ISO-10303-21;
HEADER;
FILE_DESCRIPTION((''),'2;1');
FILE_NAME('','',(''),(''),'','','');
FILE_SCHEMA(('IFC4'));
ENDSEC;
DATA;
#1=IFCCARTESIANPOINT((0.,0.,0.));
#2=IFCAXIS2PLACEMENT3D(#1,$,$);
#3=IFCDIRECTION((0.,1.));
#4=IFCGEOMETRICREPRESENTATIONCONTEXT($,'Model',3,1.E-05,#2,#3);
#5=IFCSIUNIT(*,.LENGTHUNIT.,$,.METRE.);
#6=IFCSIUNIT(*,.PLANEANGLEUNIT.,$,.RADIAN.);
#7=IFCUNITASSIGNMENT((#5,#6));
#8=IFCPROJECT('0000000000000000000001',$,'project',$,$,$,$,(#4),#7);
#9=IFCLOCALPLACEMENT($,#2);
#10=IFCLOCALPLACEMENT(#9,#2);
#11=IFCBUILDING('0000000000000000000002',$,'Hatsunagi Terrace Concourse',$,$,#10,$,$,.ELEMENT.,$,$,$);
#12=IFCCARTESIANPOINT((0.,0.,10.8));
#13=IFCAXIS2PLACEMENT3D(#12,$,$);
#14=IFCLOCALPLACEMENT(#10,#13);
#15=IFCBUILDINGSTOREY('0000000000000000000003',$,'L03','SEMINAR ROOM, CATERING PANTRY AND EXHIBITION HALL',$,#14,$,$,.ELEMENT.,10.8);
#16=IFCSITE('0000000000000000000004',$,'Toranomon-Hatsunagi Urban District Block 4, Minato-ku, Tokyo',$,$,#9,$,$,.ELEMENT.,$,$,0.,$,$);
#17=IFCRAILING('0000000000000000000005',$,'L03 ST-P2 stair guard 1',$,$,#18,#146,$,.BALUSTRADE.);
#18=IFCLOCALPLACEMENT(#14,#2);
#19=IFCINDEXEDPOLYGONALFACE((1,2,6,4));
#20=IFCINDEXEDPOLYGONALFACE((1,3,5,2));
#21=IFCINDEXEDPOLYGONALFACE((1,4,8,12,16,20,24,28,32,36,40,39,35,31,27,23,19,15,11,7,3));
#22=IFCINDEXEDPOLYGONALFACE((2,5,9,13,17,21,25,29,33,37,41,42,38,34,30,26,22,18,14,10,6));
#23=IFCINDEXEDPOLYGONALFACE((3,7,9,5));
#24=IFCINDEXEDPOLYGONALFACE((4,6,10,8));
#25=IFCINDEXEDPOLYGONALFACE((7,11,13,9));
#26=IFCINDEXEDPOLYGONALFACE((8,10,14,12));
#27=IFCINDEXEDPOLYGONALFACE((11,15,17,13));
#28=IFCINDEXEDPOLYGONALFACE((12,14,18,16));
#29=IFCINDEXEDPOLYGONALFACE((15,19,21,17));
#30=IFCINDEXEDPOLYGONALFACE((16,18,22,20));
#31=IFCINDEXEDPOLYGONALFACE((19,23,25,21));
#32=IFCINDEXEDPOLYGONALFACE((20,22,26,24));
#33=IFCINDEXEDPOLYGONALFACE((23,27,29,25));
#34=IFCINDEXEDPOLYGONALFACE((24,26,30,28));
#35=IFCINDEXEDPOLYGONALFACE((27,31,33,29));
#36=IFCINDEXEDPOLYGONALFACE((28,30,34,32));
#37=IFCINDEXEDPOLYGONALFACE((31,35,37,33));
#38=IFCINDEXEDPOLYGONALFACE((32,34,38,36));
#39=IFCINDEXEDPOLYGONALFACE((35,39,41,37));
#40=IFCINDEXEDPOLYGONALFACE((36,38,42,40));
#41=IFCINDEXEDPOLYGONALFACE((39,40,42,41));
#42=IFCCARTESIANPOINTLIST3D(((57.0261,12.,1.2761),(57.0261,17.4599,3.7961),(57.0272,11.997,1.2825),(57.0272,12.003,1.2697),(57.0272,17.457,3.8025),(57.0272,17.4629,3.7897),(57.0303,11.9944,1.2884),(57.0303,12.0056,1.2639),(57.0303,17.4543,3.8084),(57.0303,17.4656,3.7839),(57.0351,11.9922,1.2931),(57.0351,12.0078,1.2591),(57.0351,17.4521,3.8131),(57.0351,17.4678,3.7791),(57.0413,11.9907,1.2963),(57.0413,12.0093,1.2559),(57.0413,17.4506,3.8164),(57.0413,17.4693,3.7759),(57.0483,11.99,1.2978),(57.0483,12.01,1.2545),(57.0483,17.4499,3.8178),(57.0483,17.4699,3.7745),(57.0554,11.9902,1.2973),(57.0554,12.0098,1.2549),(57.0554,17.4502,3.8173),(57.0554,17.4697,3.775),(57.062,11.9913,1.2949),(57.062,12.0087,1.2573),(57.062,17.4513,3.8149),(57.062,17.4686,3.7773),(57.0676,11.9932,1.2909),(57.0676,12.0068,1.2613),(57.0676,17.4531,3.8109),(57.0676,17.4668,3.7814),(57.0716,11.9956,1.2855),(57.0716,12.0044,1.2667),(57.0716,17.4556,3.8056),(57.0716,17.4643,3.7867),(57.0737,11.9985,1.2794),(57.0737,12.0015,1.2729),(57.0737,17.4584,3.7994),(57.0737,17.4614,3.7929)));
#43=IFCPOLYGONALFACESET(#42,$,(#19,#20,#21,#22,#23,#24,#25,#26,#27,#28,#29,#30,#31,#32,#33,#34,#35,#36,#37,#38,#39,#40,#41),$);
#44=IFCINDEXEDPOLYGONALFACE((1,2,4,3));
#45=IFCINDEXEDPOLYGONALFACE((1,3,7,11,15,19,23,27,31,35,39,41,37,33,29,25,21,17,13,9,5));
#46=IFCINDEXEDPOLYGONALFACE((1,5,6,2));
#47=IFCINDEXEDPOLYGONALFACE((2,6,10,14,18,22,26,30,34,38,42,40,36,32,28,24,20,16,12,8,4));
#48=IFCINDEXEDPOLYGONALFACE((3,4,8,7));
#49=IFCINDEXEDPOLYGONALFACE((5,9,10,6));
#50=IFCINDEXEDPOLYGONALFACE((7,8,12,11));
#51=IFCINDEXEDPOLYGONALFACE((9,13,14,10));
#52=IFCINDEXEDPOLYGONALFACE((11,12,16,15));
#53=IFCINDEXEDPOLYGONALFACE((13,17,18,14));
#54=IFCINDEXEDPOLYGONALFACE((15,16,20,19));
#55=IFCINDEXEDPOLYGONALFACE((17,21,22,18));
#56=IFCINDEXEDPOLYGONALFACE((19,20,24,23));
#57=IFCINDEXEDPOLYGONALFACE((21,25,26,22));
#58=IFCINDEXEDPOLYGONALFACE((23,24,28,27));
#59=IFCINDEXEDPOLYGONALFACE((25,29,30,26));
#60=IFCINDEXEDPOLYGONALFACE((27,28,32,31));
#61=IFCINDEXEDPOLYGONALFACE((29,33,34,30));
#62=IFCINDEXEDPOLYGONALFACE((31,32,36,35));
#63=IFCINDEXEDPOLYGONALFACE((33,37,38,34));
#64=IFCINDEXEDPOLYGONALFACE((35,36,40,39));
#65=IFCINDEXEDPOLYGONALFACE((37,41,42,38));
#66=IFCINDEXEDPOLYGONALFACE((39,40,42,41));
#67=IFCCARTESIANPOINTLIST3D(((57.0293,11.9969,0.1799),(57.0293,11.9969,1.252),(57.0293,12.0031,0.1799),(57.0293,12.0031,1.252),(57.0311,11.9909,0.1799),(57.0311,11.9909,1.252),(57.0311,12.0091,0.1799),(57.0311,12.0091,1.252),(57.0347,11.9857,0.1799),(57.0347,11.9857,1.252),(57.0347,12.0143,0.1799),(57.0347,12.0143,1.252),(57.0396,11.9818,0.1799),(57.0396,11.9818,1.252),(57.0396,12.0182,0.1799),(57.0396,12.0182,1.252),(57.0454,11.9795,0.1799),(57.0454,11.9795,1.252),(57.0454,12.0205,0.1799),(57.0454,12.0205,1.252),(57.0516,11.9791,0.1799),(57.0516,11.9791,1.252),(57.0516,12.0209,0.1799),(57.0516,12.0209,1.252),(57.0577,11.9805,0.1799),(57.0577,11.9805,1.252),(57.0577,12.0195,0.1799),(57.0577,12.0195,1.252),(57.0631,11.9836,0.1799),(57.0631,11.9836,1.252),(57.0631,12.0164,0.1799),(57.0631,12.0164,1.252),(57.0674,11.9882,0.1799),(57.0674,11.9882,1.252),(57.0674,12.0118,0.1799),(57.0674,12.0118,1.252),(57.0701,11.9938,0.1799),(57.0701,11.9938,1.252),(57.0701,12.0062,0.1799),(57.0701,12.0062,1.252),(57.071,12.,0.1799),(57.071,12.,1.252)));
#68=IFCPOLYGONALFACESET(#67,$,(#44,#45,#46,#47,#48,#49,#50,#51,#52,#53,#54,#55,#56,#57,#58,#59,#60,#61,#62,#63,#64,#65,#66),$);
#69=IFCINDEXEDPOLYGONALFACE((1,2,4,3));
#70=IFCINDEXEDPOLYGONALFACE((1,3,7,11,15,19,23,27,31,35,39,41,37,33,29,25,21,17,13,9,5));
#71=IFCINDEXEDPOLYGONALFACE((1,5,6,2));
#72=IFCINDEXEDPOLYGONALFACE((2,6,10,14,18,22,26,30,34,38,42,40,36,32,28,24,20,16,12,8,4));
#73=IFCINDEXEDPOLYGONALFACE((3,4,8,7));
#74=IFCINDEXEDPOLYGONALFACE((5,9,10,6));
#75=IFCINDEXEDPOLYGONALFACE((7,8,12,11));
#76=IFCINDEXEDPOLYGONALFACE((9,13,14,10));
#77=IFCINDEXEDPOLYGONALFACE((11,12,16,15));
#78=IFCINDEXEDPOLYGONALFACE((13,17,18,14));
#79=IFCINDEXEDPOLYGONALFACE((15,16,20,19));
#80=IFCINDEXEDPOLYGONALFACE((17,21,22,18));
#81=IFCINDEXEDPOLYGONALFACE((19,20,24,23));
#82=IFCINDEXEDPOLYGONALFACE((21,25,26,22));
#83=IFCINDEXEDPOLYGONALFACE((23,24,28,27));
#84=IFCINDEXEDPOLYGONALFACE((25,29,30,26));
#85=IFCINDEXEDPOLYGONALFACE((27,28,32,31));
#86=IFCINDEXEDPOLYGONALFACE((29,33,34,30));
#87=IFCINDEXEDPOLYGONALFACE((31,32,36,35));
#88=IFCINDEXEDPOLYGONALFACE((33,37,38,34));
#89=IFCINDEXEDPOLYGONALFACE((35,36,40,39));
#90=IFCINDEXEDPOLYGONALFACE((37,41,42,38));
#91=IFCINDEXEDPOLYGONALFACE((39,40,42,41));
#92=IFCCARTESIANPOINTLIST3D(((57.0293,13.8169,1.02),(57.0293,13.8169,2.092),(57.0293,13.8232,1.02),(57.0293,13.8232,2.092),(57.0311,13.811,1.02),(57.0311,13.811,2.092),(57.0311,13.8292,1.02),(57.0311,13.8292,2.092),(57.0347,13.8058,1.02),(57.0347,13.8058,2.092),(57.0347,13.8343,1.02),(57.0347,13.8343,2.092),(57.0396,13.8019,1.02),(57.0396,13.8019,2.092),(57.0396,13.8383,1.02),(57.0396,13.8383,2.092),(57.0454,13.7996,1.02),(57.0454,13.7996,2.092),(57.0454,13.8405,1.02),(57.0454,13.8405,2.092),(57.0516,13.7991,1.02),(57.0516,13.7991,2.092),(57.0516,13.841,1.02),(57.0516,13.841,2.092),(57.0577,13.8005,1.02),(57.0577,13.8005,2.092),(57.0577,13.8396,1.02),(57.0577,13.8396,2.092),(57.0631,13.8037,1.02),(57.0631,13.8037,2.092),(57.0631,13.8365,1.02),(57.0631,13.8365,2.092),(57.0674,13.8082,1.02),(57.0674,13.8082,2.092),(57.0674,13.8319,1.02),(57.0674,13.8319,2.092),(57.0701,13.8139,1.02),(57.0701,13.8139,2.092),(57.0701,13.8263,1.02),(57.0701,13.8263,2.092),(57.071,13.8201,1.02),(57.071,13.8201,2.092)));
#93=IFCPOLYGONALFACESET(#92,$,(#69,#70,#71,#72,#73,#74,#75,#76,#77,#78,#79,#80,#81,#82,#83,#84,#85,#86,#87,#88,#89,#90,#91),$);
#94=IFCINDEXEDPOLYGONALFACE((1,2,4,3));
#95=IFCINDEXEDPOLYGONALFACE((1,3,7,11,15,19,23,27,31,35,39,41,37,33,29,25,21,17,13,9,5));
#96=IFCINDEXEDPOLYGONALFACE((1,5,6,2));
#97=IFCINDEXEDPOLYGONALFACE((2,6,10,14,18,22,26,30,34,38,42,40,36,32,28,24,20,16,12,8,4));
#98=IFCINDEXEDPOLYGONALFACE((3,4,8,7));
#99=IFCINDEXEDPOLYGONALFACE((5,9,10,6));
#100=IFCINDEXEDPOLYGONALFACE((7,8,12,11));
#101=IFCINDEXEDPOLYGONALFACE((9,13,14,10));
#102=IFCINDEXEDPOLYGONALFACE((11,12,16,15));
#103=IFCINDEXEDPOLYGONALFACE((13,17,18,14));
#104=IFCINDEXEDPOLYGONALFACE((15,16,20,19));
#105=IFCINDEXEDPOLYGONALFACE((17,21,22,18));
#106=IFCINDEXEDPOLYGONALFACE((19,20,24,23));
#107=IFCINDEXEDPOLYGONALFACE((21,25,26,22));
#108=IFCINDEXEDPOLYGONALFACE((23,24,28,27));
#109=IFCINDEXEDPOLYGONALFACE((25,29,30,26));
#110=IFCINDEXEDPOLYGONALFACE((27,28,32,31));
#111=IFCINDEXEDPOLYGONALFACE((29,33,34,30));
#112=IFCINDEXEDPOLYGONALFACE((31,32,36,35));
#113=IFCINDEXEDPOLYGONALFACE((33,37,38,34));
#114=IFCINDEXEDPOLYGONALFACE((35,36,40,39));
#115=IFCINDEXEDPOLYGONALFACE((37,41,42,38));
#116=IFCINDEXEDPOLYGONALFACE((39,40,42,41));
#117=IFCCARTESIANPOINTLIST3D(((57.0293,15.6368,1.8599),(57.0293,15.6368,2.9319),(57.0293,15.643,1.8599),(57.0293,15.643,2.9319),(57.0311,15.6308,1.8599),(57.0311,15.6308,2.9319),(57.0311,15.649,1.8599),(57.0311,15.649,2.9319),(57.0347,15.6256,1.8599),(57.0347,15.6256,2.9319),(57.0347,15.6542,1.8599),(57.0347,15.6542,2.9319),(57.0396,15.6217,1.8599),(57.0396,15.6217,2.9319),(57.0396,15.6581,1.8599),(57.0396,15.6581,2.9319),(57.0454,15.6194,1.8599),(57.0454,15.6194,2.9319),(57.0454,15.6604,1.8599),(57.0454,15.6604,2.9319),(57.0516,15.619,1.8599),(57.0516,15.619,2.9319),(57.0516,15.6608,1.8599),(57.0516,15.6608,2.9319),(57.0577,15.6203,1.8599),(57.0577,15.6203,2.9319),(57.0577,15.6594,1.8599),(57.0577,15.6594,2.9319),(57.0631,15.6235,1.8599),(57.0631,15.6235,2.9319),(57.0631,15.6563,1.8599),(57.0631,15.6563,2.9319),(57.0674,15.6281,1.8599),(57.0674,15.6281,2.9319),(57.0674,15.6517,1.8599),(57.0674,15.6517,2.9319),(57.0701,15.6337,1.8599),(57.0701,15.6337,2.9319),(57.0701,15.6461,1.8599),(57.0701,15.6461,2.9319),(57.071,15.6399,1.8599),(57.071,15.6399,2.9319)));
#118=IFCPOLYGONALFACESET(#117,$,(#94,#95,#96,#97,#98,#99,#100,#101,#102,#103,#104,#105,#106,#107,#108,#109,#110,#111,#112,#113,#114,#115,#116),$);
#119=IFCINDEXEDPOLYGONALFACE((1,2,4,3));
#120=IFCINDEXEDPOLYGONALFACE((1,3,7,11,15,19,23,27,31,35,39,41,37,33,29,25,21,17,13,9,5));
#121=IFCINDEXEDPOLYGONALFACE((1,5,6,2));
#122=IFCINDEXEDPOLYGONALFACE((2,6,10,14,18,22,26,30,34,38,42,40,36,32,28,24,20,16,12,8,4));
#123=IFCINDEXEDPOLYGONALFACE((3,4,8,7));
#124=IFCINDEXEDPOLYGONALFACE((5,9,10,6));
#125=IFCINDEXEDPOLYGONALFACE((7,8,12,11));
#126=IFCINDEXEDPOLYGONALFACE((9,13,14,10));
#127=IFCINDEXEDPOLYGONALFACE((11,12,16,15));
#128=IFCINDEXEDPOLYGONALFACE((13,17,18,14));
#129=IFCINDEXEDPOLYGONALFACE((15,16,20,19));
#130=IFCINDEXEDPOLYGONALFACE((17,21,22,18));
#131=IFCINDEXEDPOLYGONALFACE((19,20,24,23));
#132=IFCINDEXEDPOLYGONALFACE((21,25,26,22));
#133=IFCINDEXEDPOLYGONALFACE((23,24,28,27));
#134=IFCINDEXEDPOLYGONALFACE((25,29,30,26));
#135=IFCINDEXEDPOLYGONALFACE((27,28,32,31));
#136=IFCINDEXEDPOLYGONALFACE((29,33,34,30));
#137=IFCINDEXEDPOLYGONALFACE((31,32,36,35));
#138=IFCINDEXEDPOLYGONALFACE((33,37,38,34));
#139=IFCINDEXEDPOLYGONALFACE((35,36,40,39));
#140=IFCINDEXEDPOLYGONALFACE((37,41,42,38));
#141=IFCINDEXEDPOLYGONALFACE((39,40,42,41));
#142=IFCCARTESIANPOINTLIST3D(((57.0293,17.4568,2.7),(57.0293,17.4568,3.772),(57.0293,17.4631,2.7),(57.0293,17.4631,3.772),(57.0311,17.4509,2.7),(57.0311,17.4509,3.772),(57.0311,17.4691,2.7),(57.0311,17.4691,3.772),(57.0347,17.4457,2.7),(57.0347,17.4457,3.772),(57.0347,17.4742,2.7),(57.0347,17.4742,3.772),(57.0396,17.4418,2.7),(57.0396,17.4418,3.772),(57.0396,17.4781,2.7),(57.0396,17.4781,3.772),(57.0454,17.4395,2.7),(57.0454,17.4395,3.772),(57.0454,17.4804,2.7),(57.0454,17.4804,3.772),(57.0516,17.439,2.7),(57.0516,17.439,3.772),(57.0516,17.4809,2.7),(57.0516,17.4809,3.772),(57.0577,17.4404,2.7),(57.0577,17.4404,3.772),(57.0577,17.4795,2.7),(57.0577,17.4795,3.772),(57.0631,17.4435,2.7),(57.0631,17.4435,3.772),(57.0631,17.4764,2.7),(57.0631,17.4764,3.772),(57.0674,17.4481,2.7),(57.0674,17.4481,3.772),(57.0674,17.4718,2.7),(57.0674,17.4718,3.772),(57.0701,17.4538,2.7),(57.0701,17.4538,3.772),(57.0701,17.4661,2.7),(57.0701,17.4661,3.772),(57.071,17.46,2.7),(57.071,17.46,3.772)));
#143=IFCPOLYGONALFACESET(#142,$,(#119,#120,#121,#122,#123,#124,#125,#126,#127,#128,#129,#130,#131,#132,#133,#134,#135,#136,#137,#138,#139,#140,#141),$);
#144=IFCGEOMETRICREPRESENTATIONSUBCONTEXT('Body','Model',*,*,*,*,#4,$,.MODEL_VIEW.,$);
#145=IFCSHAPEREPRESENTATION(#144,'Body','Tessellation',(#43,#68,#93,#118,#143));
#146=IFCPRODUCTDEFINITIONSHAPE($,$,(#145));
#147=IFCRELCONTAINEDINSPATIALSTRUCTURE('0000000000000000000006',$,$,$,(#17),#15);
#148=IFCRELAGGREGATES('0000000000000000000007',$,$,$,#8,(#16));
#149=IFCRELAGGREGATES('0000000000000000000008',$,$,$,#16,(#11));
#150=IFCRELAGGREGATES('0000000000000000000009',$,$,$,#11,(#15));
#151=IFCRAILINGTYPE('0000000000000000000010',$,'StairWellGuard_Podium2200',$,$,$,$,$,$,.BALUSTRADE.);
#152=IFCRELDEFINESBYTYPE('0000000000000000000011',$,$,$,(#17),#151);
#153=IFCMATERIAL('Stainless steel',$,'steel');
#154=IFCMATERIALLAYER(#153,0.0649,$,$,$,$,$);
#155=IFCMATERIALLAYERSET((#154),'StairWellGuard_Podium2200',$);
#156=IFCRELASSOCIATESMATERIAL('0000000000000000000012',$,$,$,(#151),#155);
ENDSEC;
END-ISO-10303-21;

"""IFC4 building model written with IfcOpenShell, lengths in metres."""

from ifc_helpers import new_model, si_unit, direction, frame, origin, origin_2d, place, context, subcontext, project, spatial, circle, extrude, material, layer, layer_set, type_object, element, save


model = new_model("IFC4")

# Units and contexts
model_context = context("Model", 3, precision=1e-05, world=origin(), true_north=direction((0.0, 1.0)))
body_context = subcontext(model_context, "Body", "Model", "MODEL_VIEW")
ifc_project = project(units=[si_unit("LENGTHUNIT", "METRE"), si_unit("PLANEANGLEUNIT", "RADIAN")], contexts=[model_context])

# Site, building, storey
site_placement = place(None, origin())
site = spatial("IfcSite", under=ifc_project, at=site_placement, Name="Toranomon-Hatsunagi Urban District Block 4, Minato-ku, Tokyo", CompositionType="ELEMENT", RefElevation=0.0)
building_placement = place(site_placement, origin())
building = spatial("IfcBuilding", under=site, at=building_placement, Name="Hatsunagi Terrace Concourse", CompositionType="ELEMENT")
storey_placement = place(building_placement, frame((0.0, 0.0, 10.8)))
storey = spatial("IfcBuildingStorey", under=building, at=storey_placement, Name="L03", Description="SEMINAR ROOM, CATERING PANTRY AND EXHIBITION HALL", CompositionType="ELEMENT", Elevation=10.8)

# Railing
ifc_material_1 = material(Name="Stainless steel", Category="steel")
ifc_layer_1 = layer(ifc_material_1, 0.0649)
ifc_layer_set_1 = layer_set([ifc_layer_1], Name="StairWellGuard_Podium2200")
railing_type_1 = type_object("IfcRailingType", Name="StairWellGuard_Podium2200", PredefinedType="BALUSTRADE", material=ifc_layer_set_1)
railing_1_placement = place(storey_placement, frame((57.05, 12.0, 0.1799)))
element("IfcRailing", 1, at=railing_1_placement, inside=storey, type_object=railing_type_1, Name="L03 ST-P2 stair guard 1", PredefinedType="BALUSTRADE", context=body_context, shape_type="SweptSolid", body=[
    extrude(circle(Radius=0.0239, at=origin_2d()), frame((0.0, 0.0, 1.0962), z_axis=(0.0, 0.907957, 0.419063), x_axis=(-1.0, 0.0, 0.0)), (0.0, 0.0, 1.0), 6.0134),
    extrude(circle(Radius=0.021, at=origin_2d()), origin(), (0.0, 0.0, 1.0), 1.072),
    extrude(circle(Radius=0.021, at=origin_2d()), frame((0.0, 1.8201, 0.8401)), (0.0, 0.0, 1.0), 1.072),
    extrude(circle(Radius=0.021, at=origin_2d()), frame((0.0, 3.6399, 1.6799)), (0.0, 0.0, 1.0), 1.072),
    extrude(circle(Radius=0.021, at=origin_2d()), frame((0.0, 5.46, 2.52)), (0.0, 0.0, 1.0), 1.072),
])

save(model, "model.ifc")
